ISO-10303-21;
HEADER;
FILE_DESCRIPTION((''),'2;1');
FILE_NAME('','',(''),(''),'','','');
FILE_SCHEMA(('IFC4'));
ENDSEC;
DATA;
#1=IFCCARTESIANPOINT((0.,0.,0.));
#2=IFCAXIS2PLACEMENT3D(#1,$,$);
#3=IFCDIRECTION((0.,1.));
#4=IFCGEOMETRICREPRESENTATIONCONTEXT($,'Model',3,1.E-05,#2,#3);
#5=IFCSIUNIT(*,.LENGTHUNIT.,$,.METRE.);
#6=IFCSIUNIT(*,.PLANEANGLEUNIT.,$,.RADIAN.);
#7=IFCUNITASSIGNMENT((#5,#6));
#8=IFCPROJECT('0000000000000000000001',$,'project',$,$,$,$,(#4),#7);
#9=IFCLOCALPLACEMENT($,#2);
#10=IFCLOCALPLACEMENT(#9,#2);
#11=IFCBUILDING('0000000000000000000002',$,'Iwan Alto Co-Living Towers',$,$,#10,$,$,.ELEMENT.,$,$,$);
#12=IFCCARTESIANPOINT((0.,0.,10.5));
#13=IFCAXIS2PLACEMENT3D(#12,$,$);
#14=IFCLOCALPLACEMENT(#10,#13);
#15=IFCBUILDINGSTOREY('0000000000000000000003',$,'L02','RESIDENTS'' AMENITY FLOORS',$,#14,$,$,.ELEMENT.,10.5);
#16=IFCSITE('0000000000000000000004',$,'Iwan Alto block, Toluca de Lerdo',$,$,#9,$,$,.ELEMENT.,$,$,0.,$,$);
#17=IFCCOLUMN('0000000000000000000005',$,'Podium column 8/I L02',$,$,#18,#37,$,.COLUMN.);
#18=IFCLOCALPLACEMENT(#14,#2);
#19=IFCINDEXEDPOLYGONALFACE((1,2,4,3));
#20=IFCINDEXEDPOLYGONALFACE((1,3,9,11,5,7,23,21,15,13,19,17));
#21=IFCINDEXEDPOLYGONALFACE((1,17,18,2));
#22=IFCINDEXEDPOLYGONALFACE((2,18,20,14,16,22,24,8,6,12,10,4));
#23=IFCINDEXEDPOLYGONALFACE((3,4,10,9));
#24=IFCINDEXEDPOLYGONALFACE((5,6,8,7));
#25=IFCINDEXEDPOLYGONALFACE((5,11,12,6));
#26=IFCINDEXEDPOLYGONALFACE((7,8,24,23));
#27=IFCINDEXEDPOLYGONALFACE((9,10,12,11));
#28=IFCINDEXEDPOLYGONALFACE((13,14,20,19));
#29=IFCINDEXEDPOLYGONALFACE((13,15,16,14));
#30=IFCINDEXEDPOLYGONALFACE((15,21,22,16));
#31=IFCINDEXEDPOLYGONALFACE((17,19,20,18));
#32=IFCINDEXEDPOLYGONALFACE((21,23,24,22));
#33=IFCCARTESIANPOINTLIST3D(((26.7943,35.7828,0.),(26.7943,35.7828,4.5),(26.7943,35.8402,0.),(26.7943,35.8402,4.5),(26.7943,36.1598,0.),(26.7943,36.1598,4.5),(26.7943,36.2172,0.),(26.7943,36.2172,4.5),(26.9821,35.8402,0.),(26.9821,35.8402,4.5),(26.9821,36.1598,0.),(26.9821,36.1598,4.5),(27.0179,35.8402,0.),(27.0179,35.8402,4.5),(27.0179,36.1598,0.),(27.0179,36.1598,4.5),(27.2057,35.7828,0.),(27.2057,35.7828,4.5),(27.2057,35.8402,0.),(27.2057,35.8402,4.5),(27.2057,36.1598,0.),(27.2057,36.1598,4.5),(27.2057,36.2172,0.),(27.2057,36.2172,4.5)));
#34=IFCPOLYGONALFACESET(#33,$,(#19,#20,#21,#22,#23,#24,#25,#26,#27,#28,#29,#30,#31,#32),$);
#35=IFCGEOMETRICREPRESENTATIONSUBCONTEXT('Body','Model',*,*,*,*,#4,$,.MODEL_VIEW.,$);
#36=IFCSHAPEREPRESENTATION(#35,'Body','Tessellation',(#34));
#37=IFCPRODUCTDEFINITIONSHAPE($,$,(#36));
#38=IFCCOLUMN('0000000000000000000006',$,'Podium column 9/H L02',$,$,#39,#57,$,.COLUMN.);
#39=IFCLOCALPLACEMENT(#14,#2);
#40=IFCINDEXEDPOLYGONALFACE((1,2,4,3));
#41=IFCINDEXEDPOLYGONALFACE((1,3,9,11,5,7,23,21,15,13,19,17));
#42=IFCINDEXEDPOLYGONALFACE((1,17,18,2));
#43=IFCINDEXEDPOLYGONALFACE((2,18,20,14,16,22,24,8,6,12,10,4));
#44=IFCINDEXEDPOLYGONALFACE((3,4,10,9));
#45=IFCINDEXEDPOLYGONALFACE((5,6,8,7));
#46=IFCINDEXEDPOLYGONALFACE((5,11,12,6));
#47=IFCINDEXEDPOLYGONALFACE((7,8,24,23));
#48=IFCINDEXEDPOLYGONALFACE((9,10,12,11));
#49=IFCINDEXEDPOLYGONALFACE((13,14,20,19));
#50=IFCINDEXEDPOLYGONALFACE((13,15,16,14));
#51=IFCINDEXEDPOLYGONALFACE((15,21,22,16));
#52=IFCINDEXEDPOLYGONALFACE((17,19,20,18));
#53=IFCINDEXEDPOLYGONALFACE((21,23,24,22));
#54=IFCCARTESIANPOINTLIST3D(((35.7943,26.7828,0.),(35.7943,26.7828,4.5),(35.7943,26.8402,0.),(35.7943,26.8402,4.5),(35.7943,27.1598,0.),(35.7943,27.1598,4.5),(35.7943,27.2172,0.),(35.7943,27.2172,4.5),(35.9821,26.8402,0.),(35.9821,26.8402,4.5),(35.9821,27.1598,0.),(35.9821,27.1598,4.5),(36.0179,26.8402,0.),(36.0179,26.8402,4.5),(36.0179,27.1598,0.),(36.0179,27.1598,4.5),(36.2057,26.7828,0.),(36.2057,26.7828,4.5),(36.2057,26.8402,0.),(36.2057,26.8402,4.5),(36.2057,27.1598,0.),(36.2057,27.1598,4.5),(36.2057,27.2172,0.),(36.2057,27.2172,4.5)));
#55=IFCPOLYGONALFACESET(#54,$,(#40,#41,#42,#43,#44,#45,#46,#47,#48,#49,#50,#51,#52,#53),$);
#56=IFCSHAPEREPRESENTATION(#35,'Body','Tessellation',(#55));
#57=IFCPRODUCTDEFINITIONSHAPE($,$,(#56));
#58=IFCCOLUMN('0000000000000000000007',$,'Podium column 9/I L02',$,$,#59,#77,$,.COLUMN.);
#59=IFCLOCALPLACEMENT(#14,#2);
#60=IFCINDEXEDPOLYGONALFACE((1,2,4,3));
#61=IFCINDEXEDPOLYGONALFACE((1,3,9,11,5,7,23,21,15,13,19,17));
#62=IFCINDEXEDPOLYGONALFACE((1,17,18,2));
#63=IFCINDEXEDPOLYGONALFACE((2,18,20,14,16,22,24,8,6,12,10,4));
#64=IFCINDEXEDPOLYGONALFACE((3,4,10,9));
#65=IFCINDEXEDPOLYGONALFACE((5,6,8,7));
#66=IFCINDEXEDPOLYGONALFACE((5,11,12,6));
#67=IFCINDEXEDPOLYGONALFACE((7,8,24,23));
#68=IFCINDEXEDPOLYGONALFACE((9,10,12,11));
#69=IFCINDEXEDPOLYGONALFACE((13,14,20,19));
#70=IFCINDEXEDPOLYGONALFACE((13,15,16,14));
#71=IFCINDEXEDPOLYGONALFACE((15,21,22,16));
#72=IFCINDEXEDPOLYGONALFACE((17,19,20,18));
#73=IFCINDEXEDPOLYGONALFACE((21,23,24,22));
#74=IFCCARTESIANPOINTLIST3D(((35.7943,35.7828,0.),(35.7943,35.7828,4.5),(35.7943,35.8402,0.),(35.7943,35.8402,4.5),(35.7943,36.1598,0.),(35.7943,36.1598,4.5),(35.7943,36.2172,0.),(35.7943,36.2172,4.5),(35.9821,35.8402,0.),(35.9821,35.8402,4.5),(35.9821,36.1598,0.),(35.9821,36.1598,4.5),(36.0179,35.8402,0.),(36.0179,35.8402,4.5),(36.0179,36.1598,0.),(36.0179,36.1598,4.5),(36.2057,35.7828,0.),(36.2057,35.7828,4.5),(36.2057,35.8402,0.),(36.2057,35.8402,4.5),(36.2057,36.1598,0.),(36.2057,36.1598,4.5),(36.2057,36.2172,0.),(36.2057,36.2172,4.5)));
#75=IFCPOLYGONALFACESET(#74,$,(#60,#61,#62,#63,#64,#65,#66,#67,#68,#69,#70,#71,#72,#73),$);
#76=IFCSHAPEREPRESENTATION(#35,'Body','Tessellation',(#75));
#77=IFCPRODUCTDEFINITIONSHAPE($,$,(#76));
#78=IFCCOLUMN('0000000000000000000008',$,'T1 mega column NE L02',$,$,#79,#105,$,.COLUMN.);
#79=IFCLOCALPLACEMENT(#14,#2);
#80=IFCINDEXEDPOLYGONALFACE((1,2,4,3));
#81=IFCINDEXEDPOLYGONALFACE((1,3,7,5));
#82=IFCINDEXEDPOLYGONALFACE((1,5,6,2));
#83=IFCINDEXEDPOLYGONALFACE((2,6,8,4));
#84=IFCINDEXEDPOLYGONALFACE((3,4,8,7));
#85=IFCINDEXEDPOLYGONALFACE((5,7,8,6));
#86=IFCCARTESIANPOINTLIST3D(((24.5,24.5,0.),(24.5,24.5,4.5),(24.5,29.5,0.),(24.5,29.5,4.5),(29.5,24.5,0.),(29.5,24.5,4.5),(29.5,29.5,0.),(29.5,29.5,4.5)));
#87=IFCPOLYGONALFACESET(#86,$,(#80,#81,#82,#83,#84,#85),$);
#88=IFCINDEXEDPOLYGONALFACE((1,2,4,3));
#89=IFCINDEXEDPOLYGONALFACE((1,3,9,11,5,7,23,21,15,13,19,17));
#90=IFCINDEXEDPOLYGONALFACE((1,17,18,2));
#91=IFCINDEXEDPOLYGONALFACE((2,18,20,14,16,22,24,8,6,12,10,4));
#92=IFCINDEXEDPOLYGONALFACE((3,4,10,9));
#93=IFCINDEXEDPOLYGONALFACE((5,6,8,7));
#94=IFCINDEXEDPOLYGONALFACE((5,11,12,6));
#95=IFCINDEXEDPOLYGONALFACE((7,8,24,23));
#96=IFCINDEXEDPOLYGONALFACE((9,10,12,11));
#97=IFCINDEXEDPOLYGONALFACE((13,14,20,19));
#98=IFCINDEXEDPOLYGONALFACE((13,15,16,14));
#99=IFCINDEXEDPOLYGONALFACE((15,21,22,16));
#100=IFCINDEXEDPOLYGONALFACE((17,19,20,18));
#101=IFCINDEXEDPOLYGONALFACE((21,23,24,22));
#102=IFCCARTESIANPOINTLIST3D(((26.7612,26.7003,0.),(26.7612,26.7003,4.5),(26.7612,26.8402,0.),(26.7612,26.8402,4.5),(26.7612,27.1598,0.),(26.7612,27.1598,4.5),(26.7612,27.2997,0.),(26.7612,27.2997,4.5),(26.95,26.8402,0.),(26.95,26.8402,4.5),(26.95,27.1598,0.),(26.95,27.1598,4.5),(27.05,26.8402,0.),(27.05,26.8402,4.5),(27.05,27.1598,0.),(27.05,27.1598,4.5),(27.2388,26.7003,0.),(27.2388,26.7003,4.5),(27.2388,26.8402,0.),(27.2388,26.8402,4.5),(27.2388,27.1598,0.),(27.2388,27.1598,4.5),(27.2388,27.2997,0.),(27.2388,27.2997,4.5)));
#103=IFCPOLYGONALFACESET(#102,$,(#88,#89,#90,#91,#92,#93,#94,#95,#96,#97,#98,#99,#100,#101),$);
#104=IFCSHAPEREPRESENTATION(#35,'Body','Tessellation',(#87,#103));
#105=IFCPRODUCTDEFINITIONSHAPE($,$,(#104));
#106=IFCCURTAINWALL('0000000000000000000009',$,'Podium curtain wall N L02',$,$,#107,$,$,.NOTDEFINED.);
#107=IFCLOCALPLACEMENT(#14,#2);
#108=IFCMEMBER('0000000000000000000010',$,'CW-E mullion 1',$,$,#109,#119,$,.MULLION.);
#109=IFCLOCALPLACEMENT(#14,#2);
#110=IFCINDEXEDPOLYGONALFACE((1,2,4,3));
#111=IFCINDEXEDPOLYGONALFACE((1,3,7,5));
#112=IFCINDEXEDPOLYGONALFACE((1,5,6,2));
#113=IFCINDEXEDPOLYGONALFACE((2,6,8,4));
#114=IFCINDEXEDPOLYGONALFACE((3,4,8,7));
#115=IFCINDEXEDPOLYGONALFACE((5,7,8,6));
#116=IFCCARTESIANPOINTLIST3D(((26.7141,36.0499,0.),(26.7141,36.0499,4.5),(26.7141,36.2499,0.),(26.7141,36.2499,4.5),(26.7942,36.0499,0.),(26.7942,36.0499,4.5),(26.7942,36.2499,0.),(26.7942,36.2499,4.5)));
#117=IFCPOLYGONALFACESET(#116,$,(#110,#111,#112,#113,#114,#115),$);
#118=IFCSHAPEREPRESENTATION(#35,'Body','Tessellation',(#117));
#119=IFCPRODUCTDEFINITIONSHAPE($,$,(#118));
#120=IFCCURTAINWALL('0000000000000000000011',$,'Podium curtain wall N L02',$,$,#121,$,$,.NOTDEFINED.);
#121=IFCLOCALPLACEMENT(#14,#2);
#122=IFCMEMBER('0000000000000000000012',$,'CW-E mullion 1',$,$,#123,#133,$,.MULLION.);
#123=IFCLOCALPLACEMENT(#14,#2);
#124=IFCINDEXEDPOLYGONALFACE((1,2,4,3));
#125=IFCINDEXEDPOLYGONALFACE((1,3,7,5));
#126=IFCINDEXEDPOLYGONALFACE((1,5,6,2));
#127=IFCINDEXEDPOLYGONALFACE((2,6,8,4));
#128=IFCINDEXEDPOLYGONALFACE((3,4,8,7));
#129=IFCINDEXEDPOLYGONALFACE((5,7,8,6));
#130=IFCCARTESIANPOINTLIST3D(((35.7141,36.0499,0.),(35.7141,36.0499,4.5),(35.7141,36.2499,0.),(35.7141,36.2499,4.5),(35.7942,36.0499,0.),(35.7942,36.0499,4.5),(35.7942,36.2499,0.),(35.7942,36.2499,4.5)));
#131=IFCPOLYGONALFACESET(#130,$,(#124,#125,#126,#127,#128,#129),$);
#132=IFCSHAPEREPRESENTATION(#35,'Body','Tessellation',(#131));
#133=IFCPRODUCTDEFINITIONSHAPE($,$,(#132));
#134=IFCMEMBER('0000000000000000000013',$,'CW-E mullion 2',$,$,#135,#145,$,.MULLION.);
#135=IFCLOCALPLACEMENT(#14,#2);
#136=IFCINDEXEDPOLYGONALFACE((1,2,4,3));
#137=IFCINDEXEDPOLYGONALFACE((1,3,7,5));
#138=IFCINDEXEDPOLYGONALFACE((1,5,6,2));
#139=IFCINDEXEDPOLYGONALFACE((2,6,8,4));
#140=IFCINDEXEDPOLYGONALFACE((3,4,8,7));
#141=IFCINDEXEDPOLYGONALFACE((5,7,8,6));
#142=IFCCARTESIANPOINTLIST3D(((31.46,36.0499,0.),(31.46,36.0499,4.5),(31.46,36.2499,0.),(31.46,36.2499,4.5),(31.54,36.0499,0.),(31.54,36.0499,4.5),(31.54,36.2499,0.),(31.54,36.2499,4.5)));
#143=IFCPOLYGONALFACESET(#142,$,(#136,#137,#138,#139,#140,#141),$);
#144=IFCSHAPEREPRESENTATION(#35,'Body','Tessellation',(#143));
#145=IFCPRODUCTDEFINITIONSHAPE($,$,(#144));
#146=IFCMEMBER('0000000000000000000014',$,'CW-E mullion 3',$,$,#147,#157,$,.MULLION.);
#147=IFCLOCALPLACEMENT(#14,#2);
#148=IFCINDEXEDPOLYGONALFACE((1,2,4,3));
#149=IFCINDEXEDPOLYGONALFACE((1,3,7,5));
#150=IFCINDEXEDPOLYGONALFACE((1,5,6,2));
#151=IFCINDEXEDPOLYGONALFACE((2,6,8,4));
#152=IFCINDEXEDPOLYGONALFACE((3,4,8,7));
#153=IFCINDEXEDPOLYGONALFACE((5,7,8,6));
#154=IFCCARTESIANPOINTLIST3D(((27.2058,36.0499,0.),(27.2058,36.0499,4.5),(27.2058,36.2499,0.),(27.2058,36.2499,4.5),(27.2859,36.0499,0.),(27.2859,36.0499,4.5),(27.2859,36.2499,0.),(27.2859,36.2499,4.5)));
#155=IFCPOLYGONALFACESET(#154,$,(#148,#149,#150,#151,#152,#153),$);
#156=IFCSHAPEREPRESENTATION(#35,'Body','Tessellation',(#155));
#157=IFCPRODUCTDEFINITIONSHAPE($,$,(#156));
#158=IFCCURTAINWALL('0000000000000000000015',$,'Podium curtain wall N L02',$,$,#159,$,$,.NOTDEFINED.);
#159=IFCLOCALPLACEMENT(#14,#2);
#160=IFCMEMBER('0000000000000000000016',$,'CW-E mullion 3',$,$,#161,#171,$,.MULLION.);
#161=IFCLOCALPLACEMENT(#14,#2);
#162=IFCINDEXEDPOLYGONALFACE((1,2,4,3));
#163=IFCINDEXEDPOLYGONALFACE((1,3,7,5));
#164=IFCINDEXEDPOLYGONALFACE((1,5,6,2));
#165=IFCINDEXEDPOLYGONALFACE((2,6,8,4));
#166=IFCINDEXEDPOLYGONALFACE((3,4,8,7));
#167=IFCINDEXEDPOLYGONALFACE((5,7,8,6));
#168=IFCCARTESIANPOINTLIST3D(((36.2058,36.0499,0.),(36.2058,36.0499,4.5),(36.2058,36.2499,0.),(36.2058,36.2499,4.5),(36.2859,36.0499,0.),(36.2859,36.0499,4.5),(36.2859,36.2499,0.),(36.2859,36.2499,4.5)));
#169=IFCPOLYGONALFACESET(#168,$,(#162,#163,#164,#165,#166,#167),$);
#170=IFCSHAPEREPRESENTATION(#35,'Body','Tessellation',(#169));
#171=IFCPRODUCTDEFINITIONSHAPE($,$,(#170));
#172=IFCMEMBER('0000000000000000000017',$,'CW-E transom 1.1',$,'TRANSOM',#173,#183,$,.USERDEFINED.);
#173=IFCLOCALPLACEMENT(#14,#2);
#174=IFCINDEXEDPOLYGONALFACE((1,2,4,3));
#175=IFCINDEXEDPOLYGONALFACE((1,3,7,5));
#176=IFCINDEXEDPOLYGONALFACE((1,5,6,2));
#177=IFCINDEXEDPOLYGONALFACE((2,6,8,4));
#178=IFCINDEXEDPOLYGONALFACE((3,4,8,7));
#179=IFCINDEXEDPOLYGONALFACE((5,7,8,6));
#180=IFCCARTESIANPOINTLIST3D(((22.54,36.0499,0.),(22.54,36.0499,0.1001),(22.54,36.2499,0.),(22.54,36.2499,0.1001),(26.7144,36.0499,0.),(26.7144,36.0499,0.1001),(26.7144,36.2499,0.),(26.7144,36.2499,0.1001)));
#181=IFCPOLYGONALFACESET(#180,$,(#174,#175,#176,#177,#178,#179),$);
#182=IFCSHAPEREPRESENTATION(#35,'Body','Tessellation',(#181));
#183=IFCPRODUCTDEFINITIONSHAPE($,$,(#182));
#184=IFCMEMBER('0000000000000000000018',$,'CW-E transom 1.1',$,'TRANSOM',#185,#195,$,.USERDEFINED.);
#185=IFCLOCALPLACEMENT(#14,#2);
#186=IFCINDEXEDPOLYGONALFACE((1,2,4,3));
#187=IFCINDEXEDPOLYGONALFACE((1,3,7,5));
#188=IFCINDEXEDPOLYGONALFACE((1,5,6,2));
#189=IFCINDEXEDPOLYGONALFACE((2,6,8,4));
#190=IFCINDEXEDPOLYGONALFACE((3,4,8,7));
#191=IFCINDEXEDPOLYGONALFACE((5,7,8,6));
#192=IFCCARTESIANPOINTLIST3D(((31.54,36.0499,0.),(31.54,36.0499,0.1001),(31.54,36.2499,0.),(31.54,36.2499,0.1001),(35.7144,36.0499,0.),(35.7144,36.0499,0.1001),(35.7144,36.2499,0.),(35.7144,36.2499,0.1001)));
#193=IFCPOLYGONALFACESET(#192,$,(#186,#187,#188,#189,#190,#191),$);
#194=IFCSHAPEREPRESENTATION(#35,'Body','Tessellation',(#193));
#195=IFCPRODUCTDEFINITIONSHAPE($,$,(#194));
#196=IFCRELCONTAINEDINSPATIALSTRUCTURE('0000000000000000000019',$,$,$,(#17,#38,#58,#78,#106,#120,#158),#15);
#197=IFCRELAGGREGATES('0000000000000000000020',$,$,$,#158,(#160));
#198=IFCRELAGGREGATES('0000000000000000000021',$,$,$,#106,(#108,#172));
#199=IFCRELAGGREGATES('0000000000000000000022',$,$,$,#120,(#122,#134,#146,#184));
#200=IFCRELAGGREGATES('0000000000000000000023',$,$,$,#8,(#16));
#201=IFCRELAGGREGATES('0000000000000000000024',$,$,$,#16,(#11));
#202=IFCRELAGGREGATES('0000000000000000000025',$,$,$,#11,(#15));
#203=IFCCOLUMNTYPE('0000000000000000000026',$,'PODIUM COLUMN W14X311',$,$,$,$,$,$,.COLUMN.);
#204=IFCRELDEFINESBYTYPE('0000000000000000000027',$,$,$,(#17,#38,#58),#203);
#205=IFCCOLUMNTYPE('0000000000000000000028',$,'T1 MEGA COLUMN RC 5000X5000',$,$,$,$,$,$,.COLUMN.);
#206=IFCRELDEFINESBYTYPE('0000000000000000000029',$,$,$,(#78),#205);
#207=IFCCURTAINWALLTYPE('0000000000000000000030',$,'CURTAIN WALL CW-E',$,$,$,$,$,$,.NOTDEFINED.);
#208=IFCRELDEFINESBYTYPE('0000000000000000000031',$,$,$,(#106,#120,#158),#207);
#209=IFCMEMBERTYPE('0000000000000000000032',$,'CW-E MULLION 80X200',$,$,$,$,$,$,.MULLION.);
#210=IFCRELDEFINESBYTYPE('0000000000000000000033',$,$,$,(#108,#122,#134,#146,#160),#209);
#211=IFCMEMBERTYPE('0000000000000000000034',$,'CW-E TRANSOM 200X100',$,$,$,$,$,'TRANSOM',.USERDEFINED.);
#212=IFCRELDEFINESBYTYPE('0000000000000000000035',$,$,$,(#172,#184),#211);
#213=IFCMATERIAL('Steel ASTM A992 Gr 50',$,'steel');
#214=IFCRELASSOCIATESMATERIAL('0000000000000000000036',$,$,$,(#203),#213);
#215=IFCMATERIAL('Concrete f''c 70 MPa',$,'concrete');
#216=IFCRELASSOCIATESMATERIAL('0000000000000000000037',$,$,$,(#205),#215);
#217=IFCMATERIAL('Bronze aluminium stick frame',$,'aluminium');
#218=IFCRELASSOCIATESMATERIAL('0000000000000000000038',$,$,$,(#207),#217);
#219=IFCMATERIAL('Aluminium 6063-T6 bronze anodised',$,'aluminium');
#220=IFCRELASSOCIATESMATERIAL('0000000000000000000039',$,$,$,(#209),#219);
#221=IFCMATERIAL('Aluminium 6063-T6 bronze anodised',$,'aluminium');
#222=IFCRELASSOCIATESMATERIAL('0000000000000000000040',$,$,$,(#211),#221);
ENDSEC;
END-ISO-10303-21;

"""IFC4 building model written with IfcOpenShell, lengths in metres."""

from ifc_helpers import new_model, si_unit, direction, frame, origin, origin_2d, place, context, subcontext, project, spatial, rectangle, i_section, extrude, material, material_profile, profile_set, type_object, element, aggregate, save


model = new_model("IFC4")

# Units and contexts
model_context = context("Model", 3, precision=1e-05, world=origin(), true_north=direction((0.0, 1.0)))
body_context = subcontext(model_context, "Body", "Model", "MODEL_VIEW")
ifc_project = project(units=[si_unit("LENGTHUNIT", "METRE"), si_unit("PLANEANGLEUNIT", "RADIAN")], contexts=[model_context])

# Site, building, storey
site_placement = place(None, origin())
site = spatial("IfcSite", under=ifc_project, at=site_placement, Name="Iwan Alto block, Toluca de Lerdo", CompositionType="ELEMENT", RefElevation=0.0)
building_placement = place(site_placement, origin())
building = spatial("IfcBuilding", under=site, at=building_placement, Name="Iwan Alto Co-Living Towers", CompositionType="ELEMENT")
storey_placement = place(building_placement, frame((0.0, 0.0, 10.5)))
storey = spatial("IfcBuildingStorey", under=building, at=storey_placement, Name="L02", Description="RESIDENTS' AMENITY FLOORS", CompositionType="ELEMENT", Elevation=10.5)

# Columns
ifc_material_1 = material(Name="Steel ASTM A992 Gr 50", Category="steel")
ifc_material_profile_1 = material_profile(ifc_material_1, i_section(OverallWidth=0.4114, OverallDepth=0.4343, WebThickness=0.0359, FlangeThickness=0.0574, at=origin_2d()), Name="W14X311")
ifc_profile_set_1 = profile_set([ifc_material_profile_1], Name="Steel ASTM A992 Gr 50")
column_type_1 = type_object("IfcColumnType", Name="PODIUM COLUMN W14X311", PredefinedType="COLUMN", material=ifc_profile_set_1)
for number, where, z_axis, x_axis, name in (
    (1, (27.0, 36.0, 0.0), (0.0, 0.0, 1.0), (1.0, 0.0, 0.0), "Podium column 8/I L02"),
    (2, (36.0, 27.0, 0.0), (0.0, 0.0, 1.0), (1.0, 0.0, 0.0), "Podium column 9/H L02"),
    (3, (36.0, 36.0, 0.0), (0.0, 0.0, 1.0), (1.0, 0.0, 0.0), "Podium column 9/I L02"),
):
    element("IfcColumn", number, at=place(storey_placement, frame(where, z_axis=z_axis, x_axis=x_axis)), inside=storey, type_object=column_type_1, Name=name, PredefinedType="COLUMN", context=body_context, shape_type="SweptSolid", body=[
        extrude(i_section(OverallWidth=0.4114, OverallDepth=0.4343, WebThickness=0.0359, FlangeThickness=0.0574, at=origin_2d()), origin(), (0.0, 0.0, 1.0), 4.5),
    ])
ifc_material_2 = material(Name="Concrete f'c 70 MPa", Category="concrete")
ifc_material_profile_2 = material_profile(ifc_material_2, rectangle(XDim=5.0, YDim=5.0, at=origin_2d()), Name="RC 5000X5000")
ifc_profile_set_2 = profile_set([ifc_material_profile_2], Name="Concrete f'c 70 MPa")
column_type_2 = type_object("IfcColumnType", Name="T1 MEGA COLUMN RC 5000X5000", PredefinedType="COLUMN", material=ifc_profile_set_2)
column_placement = place(storey_placement, frame((27.0, 27.0, 0.0), z_axis=(0.0, 0.0, 1.0), x_axis=(1.0, 0.0, 0.0)))
element("IfcColumn", 4, at=column_placement, inside=storey, type_object=column_type_2, Name="T1 mega column NE L02", PredefinedType="COLUMN", context=body_context, shape_type="SweptSolid", body=[
    extrude(rectangle(XDim=5.0, YDim=5.0, at=origin_2d()), origin(), (0.0, 0.0, 1.0), 4.5),
    extrude(i_section(OverallWidth=0.4775, OverallDepth=0.5994, WebThickness=0.1001, FlangeThickness=0.1399, at=origin_2d()), origin(), (0.0, 0.0, 1.0), 4.5),
])

# Curtain wall, member
ifc_material_3 = material(Name="Bronze aluminium stick frame", Category="aluminium")
curtain_wall_type = type_object("IfcCurtainWallType", Name="CURTAIN WALL CW-E", PredefinedType="NOTDEFINED", material=ifc_material_3)
curtain_wall_1_placement = place(storey_placement, origin())
curtain_wall_1 = element("IfcCurtainWall", 5, at=curtain_wall_1_placement, inside=storey, type_object=curtain_wall_type, Name="Podium curtain wall N L02", PredefinedType="NOTDEFINED")
ifc_material_4 = material(Name="Aluminium 6063-T6 bronze anodised", Category="aluminium")
ifc_material_profile_3 = material_profile(ifc_material_4, rectangle(XDim=0.2, YDim=0.0801, at=origin_2d()), Name="AL 80X200")
ifc_profile_set_3 = profile_set([ifc_material_profile_3], Name="Aluminium 6063-T6 bronze anodised")
member_type_1 = type_object("IfcMemberType", Name="CW-E MULLION 80X200", PredefinedType="MULLION", material=ifc_profile_set_3)
member_1_placement = place(storey_placement, frame((26.7542, 36.1499, 0.0), z_axis=(0.0, 0.0, 1.0), x_axis=(0.0, -1.0, 0.0)))
member_1 = element("IfcMember", 6, at=member_1_placement, type_object=member_type_1, Name="CW-E mullion 1", PredefinedType="MULLION", context=body_context, shape_type="SweptSolid", body=[
    extrude(rectangle(XDim=0.2, YDim=0.0801, at=origin_2d()), origin(), (0.0, 0.0, 1.0), 4.5),
])

# Curtain wall, members
curtain_wall_2_placement = place(storey_placement, origin())
curtain_wall_2 = element("IfcCurtainWall", 7, at=curtain_wall_2_placement, inside=storey, type_object=curtain_wall_type, Name="Podium curtain wall N L02", PredefinedType="NOTDEFINED")
member_2_placement = place(storey_placement, frame((35.7542, 36.1499, 0.0), z_axis=(0.0, 0.0, 1.0), x_axis=(0.0, -1.0, 0.0)))
member_2 = element("IfcMember", 8, at=member_2_placement, type_object=member_type_1, Name="CW-E mullion 1", PredefinedType="MULLION", context=body_context, shape_type="SweptSolid", body=[
    extrude(rectangle(XDim=0.2, YDim=0.0801, at=origin_2d()), origin(), (0.0, 0.0, 1.0), 4.5),
])
member_3_placement = place(storey_placement, frame((31.5, 36.1499, 0.0), z_axis=(0.0, 0.0, 1.0), x_axis=(0.0, -1.0, 0.0)))
member_3 = element("IfcMember", 9, at=member_3_placement, type_object=member_type_1, Name="CW-E mullion 2", PredefinedType="MULLION", context=body_context, shape_type="SweptSolid", body=[
    extrude(rectangle(XDim=0.2, YDim=0.0801, at=origin_2d()), origin(), (0.0, 0.0, 1.0), 4.5),
])
member_4_placement = place(storey_placement, frame((27.2458, 36.1499, 0.0), z_axis=(0.0, 0.0, 1.0), x_axis=(0.0, -1.0, 0.0)))
member_4 = element("IfcMember", 10, at=member_4_placement, type_object=member_type_1, Name="CW-E mullion 3", PredefinedType="MULLION", context=body_context, shape_type="SweptSolid", body=[
    extrude(rectangle(XDim=0.2, YDim=0.0801, at=origin_2d()), origin(), (0.0, 0.0, 1.0), 4.5),
])

# Curtain wall, member
curtain_wall_3_placement = place(storey_placement, origin())
curtain_wall_3 = element("IfcCurtainWall", 11, at=curtain_wall_3_placement, inside=storey, type_object=curtain_wall_type, Name="Podium curtain wall N L02", PredefinedType="NOTDEFINED")
member_5_placement = place(storey_placement, frame((36.2458, 36.1499, 0.0), z_axis=(0.0, 0.0, 1.0), x_axis=(0.0, -1.0, 0.0)))
member_5 = element("IfcMember", 12, at=member_5_placement, type_object=member_type_1, Name="CW-E mullion 3", PredefinedType="MULLION", context=body_context, shape_type="SweptSolid", body=[
    extrude(rectangle(XDim=0.2, YDim=0.0801, at=origin_2d()), origin(), (0.0, 0.0, 1.0), 4.5),
])
aggregate(curtain_wall_3, [member_5])

# Members
ifc_material_5 = material(Name="Aluminium 6063-T6 bronze anodised", Category="aluminium")
ifc_material_profile_4 = material_profile(ifc_material_5, rectangle(XDim=0.2, YDim=0.1001, at=origin_2d()), Name="AL 200X100")
ifc_profile_set_4 = profile_set([ifc_material_profile_4], Name="Aluminium 6063-T6 bronze anodised")
member_type_2 = type_object("IfcMemberType", Name="CW-E TRANSOM 200X100", ElementType="TRANSOM", PredefinedType="USERDEFINED", material=ifc_profile_set_4)
member_6_placement = place(storey_placement, frame((26.7144, 36.1499, 0.05), z_axis=(-1.0, 0.0, 0.0), x_axis=(0.0, -1.0, 0.0)))
member_6 = element("IfcMember", 13, at=member_6_placement, type_object=member_type_2, Name="CW-E transom 1.1", ObjectType="TRANSOM", PredefinedType="USERDEFINED", context=body_context, shape_type="SweptSolid", body=[
    extrude(rectangle(XDim=0.2, YDim=0.1001, at=origin_2d()), origin(), (0.0, 0.0, 1.0), 4.1743),
])
member_7_placement = place(storey_placement, frame((35.7144, 36.1499, 0.05), z_axis=(-1.0, 0.0, 0.0), x_axis=(0.0, -1.0, 0.0)))
member_7 = element("IfcMember", 14, at=member_7_placement, type_object=member_type_2, Name="CW-E transom 1.1", ObjectType="TRANSOM", PredefinedType="USERDEFINED", context=body_context, shape_type="SweptSolid", body=[
    extrude(rectangle(XDim=0.2, YDim=0.1001, at=origin_2d()), origin(), (0.0, 0.0, 1.0), 4.1743),
])

aggregate(curtain_wall_1, [member_1, member_6])
aggregate(curtain_wall_2, [member_2, member_3, member_4, member_7])

save(model, "model.ifc")
